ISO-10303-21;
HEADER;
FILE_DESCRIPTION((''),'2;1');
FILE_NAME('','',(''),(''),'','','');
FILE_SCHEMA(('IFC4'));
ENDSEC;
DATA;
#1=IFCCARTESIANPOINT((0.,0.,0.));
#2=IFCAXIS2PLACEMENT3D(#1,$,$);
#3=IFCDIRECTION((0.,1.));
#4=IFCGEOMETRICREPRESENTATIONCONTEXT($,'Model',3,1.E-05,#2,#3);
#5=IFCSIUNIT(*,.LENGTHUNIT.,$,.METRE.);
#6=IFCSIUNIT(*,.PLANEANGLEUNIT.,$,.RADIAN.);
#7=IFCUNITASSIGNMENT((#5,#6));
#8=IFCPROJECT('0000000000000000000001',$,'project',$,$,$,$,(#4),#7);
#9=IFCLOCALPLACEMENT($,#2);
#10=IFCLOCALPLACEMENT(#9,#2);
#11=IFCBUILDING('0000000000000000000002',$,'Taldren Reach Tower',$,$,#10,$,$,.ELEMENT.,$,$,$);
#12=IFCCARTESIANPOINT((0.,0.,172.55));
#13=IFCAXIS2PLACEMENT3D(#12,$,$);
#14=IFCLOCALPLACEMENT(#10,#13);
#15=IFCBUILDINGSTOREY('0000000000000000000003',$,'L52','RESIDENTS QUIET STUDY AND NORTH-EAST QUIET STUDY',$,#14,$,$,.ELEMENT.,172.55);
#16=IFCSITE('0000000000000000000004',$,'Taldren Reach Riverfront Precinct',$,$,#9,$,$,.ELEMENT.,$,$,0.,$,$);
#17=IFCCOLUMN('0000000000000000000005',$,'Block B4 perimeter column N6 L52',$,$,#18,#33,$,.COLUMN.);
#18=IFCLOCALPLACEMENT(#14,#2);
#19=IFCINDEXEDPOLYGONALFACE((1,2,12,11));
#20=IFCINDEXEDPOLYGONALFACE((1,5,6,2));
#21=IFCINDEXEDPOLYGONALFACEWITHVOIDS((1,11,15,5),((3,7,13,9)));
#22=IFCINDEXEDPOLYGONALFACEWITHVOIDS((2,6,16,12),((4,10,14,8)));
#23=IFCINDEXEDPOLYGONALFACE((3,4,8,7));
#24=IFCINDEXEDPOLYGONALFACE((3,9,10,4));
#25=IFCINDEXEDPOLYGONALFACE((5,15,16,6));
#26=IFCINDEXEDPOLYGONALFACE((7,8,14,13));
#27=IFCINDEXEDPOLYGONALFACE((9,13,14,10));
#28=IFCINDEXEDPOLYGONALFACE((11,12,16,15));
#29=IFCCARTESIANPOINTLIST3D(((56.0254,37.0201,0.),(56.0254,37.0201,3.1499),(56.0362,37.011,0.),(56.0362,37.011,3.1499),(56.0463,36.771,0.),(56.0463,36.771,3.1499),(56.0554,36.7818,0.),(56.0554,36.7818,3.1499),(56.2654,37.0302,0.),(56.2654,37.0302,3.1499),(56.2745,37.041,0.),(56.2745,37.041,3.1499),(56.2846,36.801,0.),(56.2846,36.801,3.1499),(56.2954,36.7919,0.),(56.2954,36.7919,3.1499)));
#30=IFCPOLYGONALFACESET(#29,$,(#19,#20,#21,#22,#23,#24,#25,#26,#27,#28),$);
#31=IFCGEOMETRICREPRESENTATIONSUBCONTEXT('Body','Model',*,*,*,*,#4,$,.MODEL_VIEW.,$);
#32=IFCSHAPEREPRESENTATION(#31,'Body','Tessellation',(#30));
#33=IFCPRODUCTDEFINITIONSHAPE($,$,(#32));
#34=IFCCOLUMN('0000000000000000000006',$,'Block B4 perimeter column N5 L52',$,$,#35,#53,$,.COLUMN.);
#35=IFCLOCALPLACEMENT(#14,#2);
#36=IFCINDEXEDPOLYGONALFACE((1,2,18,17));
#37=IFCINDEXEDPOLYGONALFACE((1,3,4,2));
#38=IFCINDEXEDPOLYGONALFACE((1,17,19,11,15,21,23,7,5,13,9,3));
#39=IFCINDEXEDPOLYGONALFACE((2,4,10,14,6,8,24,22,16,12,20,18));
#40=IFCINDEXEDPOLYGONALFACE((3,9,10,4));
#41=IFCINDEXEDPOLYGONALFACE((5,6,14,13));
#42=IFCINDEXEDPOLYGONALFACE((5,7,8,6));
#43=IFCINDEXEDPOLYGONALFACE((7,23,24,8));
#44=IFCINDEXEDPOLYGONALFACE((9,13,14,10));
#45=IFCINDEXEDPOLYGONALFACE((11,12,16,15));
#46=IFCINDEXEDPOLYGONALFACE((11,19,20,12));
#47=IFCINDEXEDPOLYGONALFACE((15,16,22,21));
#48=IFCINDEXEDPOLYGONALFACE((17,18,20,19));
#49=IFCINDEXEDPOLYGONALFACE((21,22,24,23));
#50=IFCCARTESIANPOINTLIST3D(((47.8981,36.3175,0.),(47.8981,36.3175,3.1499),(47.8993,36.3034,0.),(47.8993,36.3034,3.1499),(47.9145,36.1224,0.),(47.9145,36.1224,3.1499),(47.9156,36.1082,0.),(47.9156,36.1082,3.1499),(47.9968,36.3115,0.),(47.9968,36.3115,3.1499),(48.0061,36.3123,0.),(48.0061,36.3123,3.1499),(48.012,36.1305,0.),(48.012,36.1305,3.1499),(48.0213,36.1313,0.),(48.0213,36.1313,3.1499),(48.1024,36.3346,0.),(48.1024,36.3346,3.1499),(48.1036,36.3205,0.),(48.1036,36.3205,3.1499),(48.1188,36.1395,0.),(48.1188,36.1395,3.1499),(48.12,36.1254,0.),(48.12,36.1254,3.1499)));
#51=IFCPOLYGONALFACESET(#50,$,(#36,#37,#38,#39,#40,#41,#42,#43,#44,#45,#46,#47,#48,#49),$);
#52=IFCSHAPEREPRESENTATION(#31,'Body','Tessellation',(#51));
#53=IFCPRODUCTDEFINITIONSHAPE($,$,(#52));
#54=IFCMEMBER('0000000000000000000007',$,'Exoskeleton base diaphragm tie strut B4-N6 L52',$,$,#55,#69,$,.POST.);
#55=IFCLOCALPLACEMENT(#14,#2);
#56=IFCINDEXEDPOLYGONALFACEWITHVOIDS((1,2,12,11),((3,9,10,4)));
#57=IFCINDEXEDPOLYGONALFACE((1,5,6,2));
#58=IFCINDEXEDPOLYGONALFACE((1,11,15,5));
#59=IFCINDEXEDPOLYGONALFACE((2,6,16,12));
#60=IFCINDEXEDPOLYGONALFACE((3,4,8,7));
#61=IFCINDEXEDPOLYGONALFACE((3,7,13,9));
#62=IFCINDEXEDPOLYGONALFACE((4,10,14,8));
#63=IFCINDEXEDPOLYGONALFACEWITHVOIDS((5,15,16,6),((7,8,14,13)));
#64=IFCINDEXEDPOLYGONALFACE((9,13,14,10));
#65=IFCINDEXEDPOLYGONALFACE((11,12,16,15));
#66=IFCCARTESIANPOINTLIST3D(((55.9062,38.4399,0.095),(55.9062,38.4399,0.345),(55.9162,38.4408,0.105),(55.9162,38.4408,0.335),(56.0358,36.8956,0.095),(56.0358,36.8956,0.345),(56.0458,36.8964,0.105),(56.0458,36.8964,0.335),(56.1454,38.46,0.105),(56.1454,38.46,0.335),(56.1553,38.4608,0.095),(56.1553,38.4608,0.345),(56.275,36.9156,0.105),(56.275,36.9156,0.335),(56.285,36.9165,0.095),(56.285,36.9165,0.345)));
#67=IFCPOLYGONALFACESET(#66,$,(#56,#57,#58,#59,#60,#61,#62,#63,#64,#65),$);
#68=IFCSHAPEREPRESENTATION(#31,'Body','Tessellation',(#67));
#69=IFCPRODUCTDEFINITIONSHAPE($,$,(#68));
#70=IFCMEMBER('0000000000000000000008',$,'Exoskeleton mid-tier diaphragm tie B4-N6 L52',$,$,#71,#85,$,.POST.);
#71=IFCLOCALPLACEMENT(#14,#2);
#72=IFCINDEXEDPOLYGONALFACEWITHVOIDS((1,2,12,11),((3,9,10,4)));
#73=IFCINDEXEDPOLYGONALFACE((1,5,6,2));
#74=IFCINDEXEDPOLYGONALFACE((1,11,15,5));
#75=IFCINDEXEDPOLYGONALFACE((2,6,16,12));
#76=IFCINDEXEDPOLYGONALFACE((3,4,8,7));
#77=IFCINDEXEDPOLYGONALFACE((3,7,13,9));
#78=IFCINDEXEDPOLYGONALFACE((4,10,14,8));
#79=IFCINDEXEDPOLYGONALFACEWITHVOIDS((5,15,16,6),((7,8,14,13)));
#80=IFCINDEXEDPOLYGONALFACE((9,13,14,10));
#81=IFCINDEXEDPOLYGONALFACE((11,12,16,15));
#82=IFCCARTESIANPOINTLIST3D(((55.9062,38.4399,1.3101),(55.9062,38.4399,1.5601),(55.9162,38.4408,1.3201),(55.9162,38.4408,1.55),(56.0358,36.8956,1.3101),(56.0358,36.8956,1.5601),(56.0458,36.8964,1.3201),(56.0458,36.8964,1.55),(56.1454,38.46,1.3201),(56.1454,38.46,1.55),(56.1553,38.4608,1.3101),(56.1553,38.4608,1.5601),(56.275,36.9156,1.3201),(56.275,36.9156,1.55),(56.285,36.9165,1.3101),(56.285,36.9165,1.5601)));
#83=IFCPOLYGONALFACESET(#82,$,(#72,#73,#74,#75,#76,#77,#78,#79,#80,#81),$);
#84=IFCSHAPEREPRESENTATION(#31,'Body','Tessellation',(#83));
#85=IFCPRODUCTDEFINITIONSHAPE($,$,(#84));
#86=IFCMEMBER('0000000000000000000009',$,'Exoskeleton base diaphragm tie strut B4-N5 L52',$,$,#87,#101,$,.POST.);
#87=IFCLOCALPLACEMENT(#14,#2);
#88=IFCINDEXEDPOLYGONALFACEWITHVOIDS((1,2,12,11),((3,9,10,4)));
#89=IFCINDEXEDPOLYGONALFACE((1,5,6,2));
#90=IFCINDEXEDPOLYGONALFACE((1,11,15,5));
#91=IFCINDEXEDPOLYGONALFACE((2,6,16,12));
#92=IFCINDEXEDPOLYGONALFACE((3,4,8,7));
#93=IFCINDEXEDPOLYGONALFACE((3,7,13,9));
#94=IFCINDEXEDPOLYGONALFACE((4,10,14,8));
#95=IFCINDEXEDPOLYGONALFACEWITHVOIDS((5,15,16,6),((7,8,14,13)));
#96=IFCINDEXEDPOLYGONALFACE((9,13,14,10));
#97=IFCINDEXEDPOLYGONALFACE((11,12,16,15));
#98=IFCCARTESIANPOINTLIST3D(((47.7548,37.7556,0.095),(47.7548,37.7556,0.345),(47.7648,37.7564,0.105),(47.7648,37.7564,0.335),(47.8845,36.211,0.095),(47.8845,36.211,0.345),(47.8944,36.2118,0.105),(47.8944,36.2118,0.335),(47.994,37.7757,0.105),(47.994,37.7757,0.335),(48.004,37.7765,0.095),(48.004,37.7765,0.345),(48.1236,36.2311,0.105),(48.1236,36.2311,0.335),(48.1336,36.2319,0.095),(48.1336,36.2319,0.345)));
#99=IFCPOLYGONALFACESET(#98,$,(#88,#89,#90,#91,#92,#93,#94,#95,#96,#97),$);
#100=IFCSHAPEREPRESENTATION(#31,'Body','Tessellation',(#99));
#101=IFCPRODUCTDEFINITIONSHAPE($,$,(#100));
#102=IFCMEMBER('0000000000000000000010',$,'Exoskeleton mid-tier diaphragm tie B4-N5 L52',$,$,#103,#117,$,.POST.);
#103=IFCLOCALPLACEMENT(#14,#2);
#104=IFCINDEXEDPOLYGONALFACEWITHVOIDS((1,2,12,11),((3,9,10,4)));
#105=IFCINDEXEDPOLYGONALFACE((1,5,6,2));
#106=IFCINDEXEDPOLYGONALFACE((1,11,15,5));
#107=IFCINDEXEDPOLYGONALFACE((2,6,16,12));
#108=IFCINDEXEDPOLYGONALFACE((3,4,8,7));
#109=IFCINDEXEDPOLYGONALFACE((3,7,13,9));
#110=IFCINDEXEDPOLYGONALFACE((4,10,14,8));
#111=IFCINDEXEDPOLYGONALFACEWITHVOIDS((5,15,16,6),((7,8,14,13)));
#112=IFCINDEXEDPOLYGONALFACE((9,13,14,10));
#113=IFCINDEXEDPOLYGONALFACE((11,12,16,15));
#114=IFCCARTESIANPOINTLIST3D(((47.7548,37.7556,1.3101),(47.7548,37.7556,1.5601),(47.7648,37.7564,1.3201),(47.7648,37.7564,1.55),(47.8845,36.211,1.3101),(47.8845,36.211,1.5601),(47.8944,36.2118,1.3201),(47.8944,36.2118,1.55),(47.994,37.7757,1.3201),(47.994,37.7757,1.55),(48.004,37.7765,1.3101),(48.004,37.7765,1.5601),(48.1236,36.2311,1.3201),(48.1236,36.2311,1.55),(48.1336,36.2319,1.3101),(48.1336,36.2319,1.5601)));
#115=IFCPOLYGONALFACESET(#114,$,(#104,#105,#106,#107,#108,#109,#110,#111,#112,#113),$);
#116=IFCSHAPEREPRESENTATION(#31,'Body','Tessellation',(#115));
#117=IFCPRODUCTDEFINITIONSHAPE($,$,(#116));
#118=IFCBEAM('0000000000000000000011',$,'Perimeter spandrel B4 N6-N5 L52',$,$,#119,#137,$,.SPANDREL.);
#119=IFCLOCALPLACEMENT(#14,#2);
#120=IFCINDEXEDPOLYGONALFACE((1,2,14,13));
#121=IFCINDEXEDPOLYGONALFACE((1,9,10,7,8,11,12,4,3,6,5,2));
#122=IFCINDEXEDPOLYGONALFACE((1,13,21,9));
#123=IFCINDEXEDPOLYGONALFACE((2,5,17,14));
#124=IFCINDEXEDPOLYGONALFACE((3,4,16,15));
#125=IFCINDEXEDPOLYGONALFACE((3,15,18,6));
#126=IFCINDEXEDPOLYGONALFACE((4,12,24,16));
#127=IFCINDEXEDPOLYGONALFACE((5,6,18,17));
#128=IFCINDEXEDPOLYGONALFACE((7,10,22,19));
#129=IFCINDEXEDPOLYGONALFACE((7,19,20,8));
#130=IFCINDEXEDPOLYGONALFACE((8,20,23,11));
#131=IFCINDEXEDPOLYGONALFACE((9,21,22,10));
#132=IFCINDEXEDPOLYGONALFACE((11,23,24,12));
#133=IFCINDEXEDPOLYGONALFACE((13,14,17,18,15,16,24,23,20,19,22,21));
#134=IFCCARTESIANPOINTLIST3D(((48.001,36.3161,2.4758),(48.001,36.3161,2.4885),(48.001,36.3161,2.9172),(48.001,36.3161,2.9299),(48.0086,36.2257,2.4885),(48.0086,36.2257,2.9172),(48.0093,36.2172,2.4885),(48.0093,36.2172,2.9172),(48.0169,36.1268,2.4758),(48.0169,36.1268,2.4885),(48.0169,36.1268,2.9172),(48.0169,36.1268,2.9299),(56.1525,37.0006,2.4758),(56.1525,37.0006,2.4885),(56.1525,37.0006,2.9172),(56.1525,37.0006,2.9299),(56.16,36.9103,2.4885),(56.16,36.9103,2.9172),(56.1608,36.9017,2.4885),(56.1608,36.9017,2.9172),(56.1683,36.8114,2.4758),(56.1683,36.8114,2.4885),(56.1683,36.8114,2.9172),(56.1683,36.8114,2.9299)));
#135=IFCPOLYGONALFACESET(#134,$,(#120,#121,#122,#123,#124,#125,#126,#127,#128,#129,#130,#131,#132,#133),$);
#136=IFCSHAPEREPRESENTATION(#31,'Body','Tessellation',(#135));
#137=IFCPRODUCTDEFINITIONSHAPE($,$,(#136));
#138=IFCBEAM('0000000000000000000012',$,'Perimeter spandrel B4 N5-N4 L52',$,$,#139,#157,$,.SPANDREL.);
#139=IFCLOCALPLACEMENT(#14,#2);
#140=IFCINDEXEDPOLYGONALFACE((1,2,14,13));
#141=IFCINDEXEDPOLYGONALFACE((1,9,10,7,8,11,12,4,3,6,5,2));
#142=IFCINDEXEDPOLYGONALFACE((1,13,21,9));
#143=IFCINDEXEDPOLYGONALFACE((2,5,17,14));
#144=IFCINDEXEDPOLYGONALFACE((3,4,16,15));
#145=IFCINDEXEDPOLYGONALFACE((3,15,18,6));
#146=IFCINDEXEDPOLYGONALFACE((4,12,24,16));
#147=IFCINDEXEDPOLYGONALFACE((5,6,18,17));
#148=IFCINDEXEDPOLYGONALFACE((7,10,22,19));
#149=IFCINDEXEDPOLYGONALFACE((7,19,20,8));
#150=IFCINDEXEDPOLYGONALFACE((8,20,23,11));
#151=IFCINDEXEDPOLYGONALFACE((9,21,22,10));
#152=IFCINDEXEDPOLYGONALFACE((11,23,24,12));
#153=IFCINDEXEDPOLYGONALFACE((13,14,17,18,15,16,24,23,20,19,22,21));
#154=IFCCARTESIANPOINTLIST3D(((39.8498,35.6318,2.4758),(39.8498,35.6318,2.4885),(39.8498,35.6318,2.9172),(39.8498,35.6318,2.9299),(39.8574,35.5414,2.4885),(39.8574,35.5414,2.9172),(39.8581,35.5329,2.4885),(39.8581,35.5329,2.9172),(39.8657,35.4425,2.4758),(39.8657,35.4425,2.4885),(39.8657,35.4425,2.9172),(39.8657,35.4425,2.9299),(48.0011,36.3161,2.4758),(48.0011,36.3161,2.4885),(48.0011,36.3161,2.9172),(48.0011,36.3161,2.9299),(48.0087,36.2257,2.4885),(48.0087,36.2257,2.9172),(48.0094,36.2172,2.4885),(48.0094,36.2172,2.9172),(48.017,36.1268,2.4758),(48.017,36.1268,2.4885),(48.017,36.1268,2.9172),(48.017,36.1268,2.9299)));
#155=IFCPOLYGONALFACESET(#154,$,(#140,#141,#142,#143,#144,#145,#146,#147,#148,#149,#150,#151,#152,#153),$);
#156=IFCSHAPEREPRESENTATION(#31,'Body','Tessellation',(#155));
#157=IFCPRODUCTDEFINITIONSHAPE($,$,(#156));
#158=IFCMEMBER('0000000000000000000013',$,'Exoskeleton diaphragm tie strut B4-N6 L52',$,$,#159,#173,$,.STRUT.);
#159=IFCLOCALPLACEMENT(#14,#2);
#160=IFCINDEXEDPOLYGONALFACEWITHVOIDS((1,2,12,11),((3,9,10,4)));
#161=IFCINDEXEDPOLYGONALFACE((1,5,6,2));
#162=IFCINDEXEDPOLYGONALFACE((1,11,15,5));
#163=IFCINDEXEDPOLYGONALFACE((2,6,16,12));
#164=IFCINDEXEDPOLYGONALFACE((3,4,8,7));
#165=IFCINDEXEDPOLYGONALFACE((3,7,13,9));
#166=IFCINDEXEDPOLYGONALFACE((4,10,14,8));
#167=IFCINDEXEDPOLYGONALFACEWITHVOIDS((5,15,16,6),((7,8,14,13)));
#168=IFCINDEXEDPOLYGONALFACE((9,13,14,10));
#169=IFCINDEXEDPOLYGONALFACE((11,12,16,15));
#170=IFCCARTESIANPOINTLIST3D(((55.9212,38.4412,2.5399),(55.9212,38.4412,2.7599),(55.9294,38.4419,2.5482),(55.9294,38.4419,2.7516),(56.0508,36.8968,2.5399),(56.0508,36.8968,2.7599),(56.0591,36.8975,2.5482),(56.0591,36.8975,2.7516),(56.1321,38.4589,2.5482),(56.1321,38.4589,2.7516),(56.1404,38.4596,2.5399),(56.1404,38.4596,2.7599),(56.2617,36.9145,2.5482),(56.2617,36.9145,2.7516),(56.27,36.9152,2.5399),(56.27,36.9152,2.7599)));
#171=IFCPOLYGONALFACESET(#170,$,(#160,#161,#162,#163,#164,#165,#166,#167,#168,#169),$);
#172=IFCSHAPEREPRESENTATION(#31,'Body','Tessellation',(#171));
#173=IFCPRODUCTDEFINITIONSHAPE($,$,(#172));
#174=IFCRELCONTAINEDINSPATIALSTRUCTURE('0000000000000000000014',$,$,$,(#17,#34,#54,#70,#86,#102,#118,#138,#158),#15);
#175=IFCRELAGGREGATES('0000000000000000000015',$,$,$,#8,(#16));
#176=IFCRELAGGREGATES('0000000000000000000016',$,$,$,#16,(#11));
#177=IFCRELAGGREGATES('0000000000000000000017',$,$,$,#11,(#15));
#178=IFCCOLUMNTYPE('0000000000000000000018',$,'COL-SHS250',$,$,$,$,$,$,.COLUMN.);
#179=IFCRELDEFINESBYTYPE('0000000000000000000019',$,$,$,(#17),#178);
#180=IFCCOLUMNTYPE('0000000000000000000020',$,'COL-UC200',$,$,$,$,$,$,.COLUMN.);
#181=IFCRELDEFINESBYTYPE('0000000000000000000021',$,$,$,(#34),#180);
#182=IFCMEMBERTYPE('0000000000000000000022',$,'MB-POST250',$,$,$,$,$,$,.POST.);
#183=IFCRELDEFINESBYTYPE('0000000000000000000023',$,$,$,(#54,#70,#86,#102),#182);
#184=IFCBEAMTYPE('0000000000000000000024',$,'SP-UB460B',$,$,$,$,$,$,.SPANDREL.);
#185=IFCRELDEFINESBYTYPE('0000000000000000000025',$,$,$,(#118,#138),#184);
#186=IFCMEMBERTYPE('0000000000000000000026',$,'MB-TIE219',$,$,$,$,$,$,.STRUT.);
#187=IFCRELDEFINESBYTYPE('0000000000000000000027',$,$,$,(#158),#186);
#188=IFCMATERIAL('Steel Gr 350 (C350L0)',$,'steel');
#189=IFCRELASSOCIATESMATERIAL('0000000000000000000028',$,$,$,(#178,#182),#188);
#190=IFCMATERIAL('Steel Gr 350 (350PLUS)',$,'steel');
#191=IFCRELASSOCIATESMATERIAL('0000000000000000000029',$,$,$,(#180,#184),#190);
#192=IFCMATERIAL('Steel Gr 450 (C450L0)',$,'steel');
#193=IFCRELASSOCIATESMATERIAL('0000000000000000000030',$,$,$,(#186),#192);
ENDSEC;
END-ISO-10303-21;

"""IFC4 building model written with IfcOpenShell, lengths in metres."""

from ifc_helpers import new_model, si_unit, direction, frame, origin, origin_2d, place, context, subcontext, project, spatial, hollow_rectangle, i_section, extrude, source, transform, mapped, material, material_profile, profile_set, type_object, element, save


model = new_model("IFC4")

# Units and contexts
model_context = context("Model", 3, precision=1e-05, world=origin(), true_north=direction((0.0, 1.0)))
body_context = subcontext(model_context, "Body", "Model", "MODEL_VIEW")
ifc_project = project(units=[si_unit("LENGTHUNIT", "METRE"), si_unit("PLANEANGLEUNIT", "RADIAN")], contexts=[model_context])

# Site, building, storey
site_placement = place(None, origin())
site = spatial("IfcSite", under=ifc_project, at=site_placement, Name="Taldren Reach Riverfront Precinct", CompositionType="ELEMENT", RefElevation=0.0)
building_placement = place(site_placement, origin())
building = spatial("IfcBuilding", under=site, at=building_placement, Name="Taldren Reach Tower", CompositionType="ELEMENT")
storey_placement = place(building_placement, frame((0.0, 0.0, 172.55)))
storey = spatial("IfcBuildingStorey", under=building, at=storey_placement, Name="L52", Description="RESIDENTS QUIET STUDY AND NORTH-EAST QUIET STUDY", CompositionType="ELEMENT", Elevation=172.55)

# Columns
ifc_material_1 = material(Name="Steel Gr 350 (C350L0)", Category="steel")
ifc_material_profile_1 = material_profile(ifc_material_1, hollow_rectangle(XDim=0.25, YDim=0.25, WallThickness=0.01, at=origin_2d()), Name="250x250x10.0SHS")
ifc_profile_set_1 = profile_set([ifc_material_profile_1], Name="Steel Gr 350 (C350L0)")
column_type_1 = type_object("IfcColumnType", Name="COL-SHS250", PredefinedType="COLUMN", material=ifc_profile_set_1)
shared_shape_1 = source(origin(), body_context, "Body", "SweptSolid", [
    extrude(hollow_rectangle(XDim=0.25, YDim=0.25, WallThickness=0.01, at=origin_2d()), origin(), (0.0, 0.0, 1.0), 3.1499),
])
column_1_placement = place(storey_placement, frame((56.1604, 36.906, 0.0), z_axis=(0.0, 0.0, 1.0), x_axis=(0.996493, 0.083678, 0.0)))
element("IfcColumn", 1, at=column_1_placement, inside=storey, type_object=column_type_1, Name="Block B4 perimeter column N6 L52", PredefinedType="COLUMN", context=body_context, shape_type="MappedRepresentation", body=[
    mapped(shared_shape_1, transform((0.0, 0.0, 0.0), scale=1.0)),
])
ifc_material_2 = material(Name="Steel Gr 350 (350PLUS)", Category="steel")
ifc_material_profile_2 = material_profile(ifc_material_2, i_section(OverallWidth=0.2051, OverallDepth=0.21, WebThickness=0.0093, FlangeThickness=0.0142, at=origin_2d()), Name="200UC59.5")
ifc_profile_set_2 = profile_set([ifc_material_profile_2], Name="Steel Gr 350 (350PLUS)")
column_type_2 = type_object("IfcColumnType", Name="COL-UC200", PredefinedType="COLUMN", material=ifc_profile_set_2)
shared_shape_2 = source(origin(), body_context, "Body", "SweptSolid", [
    extrude(i_section(OverallWidth=0.2051, OverallDepth=0.21, WebThickness=0.0093, FlangeThickness=0.0142, at=origin_2d()), origin(), (0.0, 0.0, 1.0), 3.1499),
])
column_2_placement = place(storey_placement, frame((48.009, 36.2214, 0.0), z_axis=(0.0, 0.0, 1.0), x_axis=(0.996493, 0.083678, 0.0)))
element("IfcColumn", 2, at=column_2_placement, inside=storey, type_object=column_type_2, Name="Block B4 perimeter column N5 L52", PredefinedType="COLUMN", context=body_context, shape_type="MappedRepresentation", body=[
    mapped(shared_shape_2, transform((0.0, 0.0, 0.0), scale=1.0)),
])

# Members
ifc_material_profile_3 = material_profile(ifc_material_1, hollow_rectangle(XDim=0.25, YDim=0.25, WallThickness=0.01, at=origin_2d()), Name="250x250x10.0SHS")
ifc_profile_set_3 = profile_set([ifc_material_profile_3], Name="Steel Gr 350 (C350L0)")
member_type_1 = type_object("IfcMemberType", Name="MB-POST250", PredefinedType="POST", material=ifc_profile_set_3)
shared_shape_3 = source(origin(), body_context, "Body", "SweptSolid", [
    extrude(hollow_rectangle(XDim=0.25, YDim=0.25, WallThickness=0.01, at=origin_2d()), origin(), (0.0, 0.0, 1.0), 1.5498),
])
for number, where, z_axis, x_axis, name in (
    (3, (56.1604, 36.906, 0.22), (-0.083645, 0.996496, 0.0), (-0.996496, -0.083645, 0.0), "Exoskeleton base diaphragm tie strut B4-N6 L52"),
    (4, (56.1604, 36.906, 1.4351), (-0.083645, 0.996496, 0.0), (-0.996496, -0.083645, 0.0), "Exoskeleton mid-tier diaphragm tie B4-N6 L52"),
):
    element("IfcMember", number, at=place(storey_placement, frame(where, z_axis=z_axis, x_axis=x_axis)), inside=storey, type_object=member_type_1, Name=name, PredefinedType="POST", context=body_context, shape_type="MappedRepresentation", body=[
        mapped(shared_shape_3, transform((0.0, 0.0, 0.0), scale=1.0)),
    ])
shared_shape_4 = source(origin(), body_context, "Body", "SweptSolid", [
    extrude(hollow_rectangle(XDim=0.25, YDim=0.25, WallThickness=0.01, at=origin_2d()), origin(), (0.0, 0.0, 1.0), 1.55),
])
for number, where, z_axis, x_axis, name in (
    (5, (48.009, 36.2214, 0.22), (-0.083632, 0.996497, 0.0), (-0.996497, -0.083632, 0.0), "Exoskeleton base diaphragm tie strut B4-N5 L52"),
    (6, (48.009, 36.2214, 1.4351), (-0.083632, 0.996497, 0.0), (-0.996497, -0.083632, 0.0), "Exoskeleton mid-tier diaphragm tie B4-N5 L52"),
):
    element("IfcMember", number, at=place(storey_placement, frame(where, z_axis=z_axis, x_axis=x_axis)), inside=storey, type_object=member_type_1, Name=name, PredefinedType="POST", context=body_context, shape_type="MappedRepresentation", body=[
        mapped(shared_shape_4, transform((0.0, 0.0, 0.0), scale=1.0)),
    ])

# Beams
ifc_material_profile_4 = material_profile(ifc_material_2, i_section(OverallWidth=0.1899, OverallDepth=0.4541, WebThickness=0.0085, FlangeThickness=0.0127, at=origin_2d()), Name="460UB67.1")
ifc_profile_set_4 = profile_set([ifc_material_profile_4], Name="Steel Gr 350 (350PLUS)")
beam_type = type_object("IfcBeamType", Name="SP-UB460B", PredefinedType="SPANDREL", material=ifc_profile_set_4)
shared_shape_5 = source(origin(), body_context, "Body", "SweptSolid", [
    extrude(i_section(OverallWidth=0.1899, OverallDepth=0.4541, WebThickness=0.0085, FlangeThickness=0.0127, at=origin_2d()), origin(), (0.0, 0.0, 1.0), 8.1802),
])
beam_1_placement = place(storey_placement, frame((56.1604, 36.906, 2.7029), z_axis=(-0.996492, -0.083688, 0.0), x_axis=(0.083688, -0.996492, 0.0)))
element("IfcBeam", 7, at=beam_1_placement, inside=storey, type_object=beam_type, Name="Perimeter spandrel B4 N6-N5 L52", PredefinedType="SPANDREL", context=body_context, shape_type="MappedRepresentation", body=[
    mapped(shared_shape_5, transform((0.0, 0.0, 0.0), scale=1.0)),
])
shared_shape_6 = source(origin(), body_context, "Body", "SweptSolid", [
    extrude(i_section(OverallWidth=0.1899, OverallDepth=0.4541, WebThickness=0.0085, FlangeThickness=0.0127, at=origin_2d()), origin(), (0.0, 0.0, 1.0), 8.1799),
])
beam_2_placement = place(storey_placement, frame((48.009, 36.2214, 2.7029), z_axis=(-0.996495, -0.083658, 0.0), x_axis=(0.083658, -0.996495, 0.0)))
element("IfcBeam", 8, at=beam_2_placement, inside=storey, type_object=beam_type, Name="Perimeter spandrel B4 N5-N4 L52", PredefinedType="SPANDREL", context=body_context, shape_type="MappedRepresentation", body=[
    mapped(shared_shape_6, transform((0.0, 0.0, 0.0), scale=1.0)),
])

# Member
ifc_material_3 = material(Name="Steel Gr 450 (C450L0)", Category="steel")
ifc_material_profile_5 = material_profile(ifc_material_3, hollow_rectangle(XDim=0.22, YDim=0.22, WallThickness=0.0083, at=origin_2d()), Name="220x220x8.2SHS")
ifc_profile_set_5 = profile_set([ifc_material_profile_5], Name="Steel Gr 450 (C450L0)")
member_type_2 = type_object("IfcMemberType", Name="MB-TIE219", PredefinedType="STRUT", material=ifc_profile_set_5)
shared_shape_7 = source(origin(), body_context, "Body", "SweptSolid", [
    extrude(hollow_rectangle(XDim=0.22, YDim=0.22, WallThickness=0.0083, at=origin_2d()), origin(), (0.0, 0.0, 1.0), 1.5498),
])
member_1_placement = place(storey_placement, frame((56.1604, 36.906, 2.6499), z_axis=(-0.083645, 0.996496, 0.0), x_axis=(-0.996496, -0.083645, 0.0)))
element("IfcMember", 9, at=member_1_placement, inside=storey, type_object=member_type_2, Name="Exoskeleton diaphragm tie strut B4-N6 L52", PredefinedType="STRUT", context=body_context, shape_type="MappedRepresentation", body=[
    mapped(shared_shape_7, transform((0.0, 0.0, 0.0), scale=1.0)),
])

save(model, "model.ifc")
